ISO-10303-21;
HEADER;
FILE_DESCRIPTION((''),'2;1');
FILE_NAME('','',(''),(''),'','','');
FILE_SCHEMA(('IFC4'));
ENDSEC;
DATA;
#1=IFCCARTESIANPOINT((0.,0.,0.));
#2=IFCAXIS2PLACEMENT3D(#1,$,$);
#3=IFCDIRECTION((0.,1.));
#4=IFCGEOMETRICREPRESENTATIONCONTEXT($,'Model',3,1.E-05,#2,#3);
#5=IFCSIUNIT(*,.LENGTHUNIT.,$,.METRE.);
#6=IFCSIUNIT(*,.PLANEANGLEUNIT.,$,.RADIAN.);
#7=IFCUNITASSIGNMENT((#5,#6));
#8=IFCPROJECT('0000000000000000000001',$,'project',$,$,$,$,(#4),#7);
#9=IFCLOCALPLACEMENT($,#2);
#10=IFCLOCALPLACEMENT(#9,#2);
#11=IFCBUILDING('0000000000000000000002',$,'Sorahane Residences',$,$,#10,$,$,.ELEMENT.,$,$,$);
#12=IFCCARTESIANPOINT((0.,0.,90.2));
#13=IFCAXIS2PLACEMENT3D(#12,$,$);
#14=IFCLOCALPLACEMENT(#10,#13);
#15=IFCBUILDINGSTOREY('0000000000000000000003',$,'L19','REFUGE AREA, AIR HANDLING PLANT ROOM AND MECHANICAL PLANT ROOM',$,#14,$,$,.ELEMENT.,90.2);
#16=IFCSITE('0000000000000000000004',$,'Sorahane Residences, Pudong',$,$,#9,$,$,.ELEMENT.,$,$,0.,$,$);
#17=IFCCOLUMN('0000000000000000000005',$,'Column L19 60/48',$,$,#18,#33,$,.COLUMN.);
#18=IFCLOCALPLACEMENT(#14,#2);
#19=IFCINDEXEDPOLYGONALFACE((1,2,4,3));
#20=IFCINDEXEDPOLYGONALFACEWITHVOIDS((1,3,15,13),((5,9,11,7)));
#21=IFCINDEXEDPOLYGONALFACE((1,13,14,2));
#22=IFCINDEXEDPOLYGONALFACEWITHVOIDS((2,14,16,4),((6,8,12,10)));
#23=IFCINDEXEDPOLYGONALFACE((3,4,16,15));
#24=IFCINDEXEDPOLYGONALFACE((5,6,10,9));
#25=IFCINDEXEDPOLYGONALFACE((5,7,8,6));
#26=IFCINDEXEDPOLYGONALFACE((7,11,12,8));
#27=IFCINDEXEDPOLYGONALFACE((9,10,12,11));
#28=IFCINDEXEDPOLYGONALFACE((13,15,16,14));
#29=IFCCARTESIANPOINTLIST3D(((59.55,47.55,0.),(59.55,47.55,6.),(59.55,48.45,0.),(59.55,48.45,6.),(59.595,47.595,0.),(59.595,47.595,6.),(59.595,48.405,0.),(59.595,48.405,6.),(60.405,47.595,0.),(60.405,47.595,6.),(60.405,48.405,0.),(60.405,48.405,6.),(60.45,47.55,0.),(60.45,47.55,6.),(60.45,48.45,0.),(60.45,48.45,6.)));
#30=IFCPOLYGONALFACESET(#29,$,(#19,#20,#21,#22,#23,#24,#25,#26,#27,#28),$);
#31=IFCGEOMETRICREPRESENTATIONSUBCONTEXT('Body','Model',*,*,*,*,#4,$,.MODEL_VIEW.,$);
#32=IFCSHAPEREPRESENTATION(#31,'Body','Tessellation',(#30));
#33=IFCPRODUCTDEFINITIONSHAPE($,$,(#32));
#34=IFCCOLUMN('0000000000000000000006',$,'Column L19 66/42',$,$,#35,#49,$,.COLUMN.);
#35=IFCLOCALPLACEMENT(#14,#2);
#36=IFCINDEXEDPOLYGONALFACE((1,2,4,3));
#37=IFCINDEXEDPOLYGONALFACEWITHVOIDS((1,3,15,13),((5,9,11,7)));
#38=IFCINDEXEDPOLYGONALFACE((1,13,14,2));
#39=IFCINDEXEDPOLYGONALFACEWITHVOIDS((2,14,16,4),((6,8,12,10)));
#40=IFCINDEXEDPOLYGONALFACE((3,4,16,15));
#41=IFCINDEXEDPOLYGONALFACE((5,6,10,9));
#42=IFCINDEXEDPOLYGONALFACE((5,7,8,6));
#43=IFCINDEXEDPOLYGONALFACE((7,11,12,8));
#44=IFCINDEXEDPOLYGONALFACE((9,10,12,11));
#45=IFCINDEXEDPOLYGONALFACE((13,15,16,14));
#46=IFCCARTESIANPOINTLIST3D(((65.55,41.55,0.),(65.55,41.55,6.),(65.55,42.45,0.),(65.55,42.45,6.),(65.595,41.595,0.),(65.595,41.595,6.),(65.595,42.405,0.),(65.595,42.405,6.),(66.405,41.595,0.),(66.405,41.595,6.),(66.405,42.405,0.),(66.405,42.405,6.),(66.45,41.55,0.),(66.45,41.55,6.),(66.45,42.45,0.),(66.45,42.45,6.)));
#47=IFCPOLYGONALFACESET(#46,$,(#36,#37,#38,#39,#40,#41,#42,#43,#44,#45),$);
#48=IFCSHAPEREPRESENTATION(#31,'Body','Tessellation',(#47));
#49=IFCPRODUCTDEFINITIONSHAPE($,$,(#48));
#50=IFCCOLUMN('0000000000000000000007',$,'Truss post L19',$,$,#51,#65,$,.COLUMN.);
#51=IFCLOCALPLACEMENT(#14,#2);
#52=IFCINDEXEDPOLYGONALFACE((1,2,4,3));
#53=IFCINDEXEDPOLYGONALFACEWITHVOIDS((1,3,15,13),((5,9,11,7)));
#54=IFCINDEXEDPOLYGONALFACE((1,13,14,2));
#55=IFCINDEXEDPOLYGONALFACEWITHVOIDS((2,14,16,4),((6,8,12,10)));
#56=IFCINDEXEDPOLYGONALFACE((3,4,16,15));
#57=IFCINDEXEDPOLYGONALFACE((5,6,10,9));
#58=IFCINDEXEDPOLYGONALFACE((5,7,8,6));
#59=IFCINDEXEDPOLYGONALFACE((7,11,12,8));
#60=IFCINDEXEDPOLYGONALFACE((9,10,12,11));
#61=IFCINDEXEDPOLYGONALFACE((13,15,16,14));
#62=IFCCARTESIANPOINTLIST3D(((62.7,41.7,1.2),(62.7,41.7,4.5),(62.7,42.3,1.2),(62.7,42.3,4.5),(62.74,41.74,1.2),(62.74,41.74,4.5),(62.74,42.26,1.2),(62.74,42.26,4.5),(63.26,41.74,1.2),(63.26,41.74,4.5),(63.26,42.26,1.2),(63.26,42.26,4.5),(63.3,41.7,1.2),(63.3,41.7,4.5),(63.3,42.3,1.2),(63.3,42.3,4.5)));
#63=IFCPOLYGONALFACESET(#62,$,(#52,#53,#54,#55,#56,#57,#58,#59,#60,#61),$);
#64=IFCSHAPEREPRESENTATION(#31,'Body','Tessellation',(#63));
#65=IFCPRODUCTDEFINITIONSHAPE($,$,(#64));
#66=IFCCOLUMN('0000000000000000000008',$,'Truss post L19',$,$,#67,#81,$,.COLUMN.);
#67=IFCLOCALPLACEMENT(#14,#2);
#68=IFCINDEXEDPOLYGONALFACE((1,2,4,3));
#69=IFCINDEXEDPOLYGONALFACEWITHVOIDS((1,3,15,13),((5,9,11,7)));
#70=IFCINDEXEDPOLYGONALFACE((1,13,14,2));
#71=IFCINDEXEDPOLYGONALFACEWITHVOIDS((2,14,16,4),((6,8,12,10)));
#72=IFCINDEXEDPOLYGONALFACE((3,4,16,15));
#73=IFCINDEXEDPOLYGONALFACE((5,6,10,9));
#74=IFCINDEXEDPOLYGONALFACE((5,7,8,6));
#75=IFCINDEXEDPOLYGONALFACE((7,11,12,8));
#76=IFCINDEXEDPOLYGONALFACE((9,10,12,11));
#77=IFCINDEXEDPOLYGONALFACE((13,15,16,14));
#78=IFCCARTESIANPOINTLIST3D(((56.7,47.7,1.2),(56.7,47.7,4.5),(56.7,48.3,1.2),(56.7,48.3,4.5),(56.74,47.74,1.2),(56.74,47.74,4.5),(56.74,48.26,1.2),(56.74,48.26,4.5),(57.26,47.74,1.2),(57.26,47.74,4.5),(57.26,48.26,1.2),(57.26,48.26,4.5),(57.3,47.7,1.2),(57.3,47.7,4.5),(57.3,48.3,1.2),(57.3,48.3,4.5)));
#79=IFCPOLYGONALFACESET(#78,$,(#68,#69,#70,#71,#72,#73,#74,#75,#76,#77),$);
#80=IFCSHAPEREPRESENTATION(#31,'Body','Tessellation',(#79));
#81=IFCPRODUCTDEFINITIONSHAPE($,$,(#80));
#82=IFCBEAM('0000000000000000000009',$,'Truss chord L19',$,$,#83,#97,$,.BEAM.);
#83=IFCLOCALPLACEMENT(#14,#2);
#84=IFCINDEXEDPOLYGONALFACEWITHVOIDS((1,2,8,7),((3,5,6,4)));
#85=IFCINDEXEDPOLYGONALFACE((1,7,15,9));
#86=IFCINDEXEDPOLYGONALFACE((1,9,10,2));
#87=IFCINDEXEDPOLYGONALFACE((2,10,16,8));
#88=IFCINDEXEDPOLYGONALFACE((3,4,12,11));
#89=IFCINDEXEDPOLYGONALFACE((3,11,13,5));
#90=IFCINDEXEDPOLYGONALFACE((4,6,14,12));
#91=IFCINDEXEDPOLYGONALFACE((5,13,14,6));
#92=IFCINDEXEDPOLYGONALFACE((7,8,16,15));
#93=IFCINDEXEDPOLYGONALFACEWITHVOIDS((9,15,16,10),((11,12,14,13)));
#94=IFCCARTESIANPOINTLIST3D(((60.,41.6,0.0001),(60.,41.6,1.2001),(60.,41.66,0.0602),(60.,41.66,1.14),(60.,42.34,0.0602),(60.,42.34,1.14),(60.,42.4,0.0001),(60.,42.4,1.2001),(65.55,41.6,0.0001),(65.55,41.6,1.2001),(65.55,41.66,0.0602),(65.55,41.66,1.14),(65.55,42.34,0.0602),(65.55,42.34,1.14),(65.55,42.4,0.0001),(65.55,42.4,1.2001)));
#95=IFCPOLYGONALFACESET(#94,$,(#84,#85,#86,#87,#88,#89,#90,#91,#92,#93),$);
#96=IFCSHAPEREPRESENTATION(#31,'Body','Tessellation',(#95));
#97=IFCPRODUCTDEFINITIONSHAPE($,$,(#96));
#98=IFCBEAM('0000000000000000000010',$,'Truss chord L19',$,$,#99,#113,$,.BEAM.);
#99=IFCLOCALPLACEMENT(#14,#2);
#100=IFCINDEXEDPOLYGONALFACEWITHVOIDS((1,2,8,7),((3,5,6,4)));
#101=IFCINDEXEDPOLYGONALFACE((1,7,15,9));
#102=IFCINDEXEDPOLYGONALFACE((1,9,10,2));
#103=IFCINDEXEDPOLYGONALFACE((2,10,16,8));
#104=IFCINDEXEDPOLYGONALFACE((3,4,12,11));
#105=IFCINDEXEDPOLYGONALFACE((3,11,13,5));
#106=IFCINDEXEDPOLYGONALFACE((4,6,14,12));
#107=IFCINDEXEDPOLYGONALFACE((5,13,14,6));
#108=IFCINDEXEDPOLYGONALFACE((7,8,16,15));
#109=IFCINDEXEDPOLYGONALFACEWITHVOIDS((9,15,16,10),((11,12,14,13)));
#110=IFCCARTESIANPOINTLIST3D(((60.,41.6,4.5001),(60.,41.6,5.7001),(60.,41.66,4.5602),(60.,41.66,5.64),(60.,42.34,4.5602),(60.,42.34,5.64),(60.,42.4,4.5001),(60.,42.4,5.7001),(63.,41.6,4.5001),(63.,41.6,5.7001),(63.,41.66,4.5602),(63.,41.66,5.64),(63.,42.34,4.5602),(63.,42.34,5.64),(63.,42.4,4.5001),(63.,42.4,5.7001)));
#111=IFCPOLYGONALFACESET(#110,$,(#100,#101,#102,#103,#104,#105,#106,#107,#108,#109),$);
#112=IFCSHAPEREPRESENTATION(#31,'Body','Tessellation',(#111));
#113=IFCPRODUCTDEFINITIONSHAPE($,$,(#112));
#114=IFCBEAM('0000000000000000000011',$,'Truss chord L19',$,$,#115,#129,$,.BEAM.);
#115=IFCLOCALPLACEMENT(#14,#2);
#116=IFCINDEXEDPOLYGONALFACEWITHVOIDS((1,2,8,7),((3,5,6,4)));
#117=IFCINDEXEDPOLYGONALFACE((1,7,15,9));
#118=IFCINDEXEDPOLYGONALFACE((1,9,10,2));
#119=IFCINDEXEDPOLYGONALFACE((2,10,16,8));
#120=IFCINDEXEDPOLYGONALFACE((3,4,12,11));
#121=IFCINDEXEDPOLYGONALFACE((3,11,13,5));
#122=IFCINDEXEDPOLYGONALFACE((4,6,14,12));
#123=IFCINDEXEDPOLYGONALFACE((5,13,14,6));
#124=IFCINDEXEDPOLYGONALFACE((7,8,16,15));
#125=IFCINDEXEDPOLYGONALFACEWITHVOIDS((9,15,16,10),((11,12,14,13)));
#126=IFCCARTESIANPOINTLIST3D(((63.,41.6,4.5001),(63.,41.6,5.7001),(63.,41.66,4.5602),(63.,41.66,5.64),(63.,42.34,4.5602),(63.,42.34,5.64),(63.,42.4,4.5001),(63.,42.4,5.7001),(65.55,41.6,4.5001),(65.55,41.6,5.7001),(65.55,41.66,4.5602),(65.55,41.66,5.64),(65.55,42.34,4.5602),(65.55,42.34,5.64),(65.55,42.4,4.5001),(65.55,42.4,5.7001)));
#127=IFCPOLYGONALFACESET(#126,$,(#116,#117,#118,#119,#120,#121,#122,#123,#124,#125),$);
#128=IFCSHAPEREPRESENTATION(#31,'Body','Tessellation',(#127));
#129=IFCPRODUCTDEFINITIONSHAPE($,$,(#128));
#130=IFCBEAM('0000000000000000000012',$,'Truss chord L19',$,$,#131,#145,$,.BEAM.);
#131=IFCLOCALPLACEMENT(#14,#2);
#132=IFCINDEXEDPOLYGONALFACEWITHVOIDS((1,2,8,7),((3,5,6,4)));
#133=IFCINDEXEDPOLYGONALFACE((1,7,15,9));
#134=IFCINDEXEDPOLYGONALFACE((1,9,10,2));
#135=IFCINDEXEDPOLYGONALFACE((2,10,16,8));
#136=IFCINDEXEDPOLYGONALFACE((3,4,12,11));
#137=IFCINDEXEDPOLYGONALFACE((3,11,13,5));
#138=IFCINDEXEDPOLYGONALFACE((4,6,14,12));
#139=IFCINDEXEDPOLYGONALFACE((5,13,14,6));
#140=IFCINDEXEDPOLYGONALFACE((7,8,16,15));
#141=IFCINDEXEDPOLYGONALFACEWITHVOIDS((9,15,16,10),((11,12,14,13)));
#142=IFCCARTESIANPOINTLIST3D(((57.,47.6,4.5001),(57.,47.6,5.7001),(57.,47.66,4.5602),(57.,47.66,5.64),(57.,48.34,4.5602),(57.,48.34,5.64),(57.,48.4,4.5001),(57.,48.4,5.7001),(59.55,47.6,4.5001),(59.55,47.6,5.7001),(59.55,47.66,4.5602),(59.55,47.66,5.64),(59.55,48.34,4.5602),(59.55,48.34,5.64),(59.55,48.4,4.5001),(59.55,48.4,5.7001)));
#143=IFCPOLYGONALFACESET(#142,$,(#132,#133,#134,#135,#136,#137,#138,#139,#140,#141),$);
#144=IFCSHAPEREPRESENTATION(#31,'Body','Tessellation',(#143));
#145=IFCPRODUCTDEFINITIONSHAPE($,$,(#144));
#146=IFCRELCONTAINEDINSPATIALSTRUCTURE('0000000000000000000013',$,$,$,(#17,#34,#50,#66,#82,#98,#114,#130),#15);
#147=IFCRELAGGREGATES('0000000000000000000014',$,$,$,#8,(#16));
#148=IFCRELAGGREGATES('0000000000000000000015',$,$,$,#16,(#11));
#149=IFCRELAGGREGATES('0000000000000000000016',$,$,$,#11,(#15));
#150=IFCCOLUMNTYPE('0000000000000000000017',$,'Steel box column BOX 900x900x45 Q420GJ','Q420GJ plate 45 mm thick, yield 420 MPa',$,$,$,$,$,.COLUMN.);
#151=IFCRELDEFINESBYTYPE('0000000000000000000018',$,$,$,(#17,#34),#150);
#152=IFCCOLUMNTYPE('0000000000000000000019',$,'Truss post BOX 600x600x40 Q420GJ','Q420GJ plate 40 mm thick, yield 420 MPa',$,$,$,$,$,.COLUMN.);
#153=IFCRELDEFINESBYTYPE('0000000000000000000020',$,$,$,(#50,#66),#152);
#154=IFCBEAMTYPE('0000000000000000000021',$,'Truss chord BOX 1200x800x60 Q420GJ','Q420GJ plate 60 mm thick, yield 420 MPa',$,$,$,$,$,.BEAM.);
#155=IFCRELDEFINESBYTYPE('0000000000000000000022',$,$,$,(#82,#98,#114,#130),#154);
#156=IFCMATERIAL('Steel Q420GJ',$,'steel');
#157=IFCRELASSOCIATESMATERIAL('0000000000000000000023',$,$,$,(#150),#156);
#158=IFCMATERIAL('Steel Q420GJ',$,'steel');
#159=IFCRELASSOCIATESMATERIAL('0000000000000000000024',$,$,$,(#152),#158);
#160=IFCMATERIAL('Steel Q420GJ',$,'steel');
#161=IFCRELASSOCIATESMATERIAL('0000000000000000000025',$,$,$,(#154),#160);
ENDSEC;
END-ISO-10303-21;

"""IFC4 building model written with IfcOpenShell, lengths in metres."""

from ifc_helpers import new_model, si_unit, direction, frame, origin, origin_2d, place, context, subcontext, project, spatial, hollow_rectangle, extrude, material, material_profile, profile_set, type_object, element, save


model = new_model("IFC4")

# Units and contexts
model_context = context("Model", 3, precision=1e-05, world=origin(), true_north=direction((0.0, 1.0)))
body_context = subcontext(model_context, "Body", "Model", "MODEL_VIEW")
ifc_project = project(units=[si_unit("LENGTHUNIT", "METRE"), si_unit("PLANEANGLEUNIT", "RADIAN")], contexts=[model_context])

# Site, building, storey
site_placement = place(None, origin())
site = spatial("IfcSite", under=ifc_project, at=site_placement, Name="Sorahane Residences, Pudong", CompositionType="ELEMENT", RefElevation=0.0)
building_placement = place(site_placement, origin())
building = spatial("IfcBuilding", under=site, at=building_placement, Name="Sorahane Residences", CompositionType="ELEMENT")
storey_placement = place(building_placement, frame((0.0, 0.0, 90.2)))
storey = spatial("IfcBuildingStorey", under=building, at=storey_placement, Name="L19", Description="REFUGE AREA, AIR HANDLING PLANT ROOM AND MECHANICAL PLANT ROOM", CompositionType="ELEMENT", Elevation=90.2)

# Columns
ifc_material_1 = material(Name="Steel Q420GJ", Category="steel")
ifc_material_profile_1 = material_profile(ifc_material_1, hollow_rectangle(XDim=0.8999, YDim=0.8999, WallThickness=0.0449, at=origin_2d()), Name="BOX 900x900x45")
ifc_profile_set_1 = profile_set([ifc_material_profile_1], Name="Steel Q420GJ")
column_type_1 = type_object("IfcColumnType", Name="Steel box column BOX 900x900x45 Q420GJ", Description="Q420GJ plate 45 mm thick, yield 420 MPa", PredefinedType="COLUMN", material=ifc_profile_set_1)
for number, where, z_axis, x_axis, name in (
    (1, (60.0, 48.0, 0.0), (0.0, 0.0, 1.0), (1.0, 0.0, 0.0), "Column L19 60/48"),
    (2, (66.0, 42.0, 0.0), (0.0, 0.0, 1.0), (1.0, 0.0, 0.0), "Column L19 66/42"),
):
    element("IfcColumn", number, at=place(storey_placement, frame(where, z_axis=z_axis, x_axis=x_axis)), inside=storey, type_object=column_type_1, Name=name, PredefinedType="COLUMN", context=body_context, shape_type="SweptSolid", body=[
        extrude(hollow_rectangle(XDim=0.8999, YDim=0.8999, WallThickness=0.0449, at=origin_2d()), origin(), (0.0, 0.0, 1.0), 6.0),
    ])
ifc_material_2 = material(Name="Steel Q420GJ", Category="steel")
ifc_material_profile_2 = material_profile(ifc_material_2, hollow_rectangle(XDim=0.6001, YDim=0.6001, WallThickness=0.04, at=origin_2d()), Name="BOX 600x600x40")
ifc_profile_set_2 = profile_set([ifc_material_profile_2], Name="Steel Q420GJ")
column_type_2 = type_object("IfcColumnType", Name="Truss post BOX 600x600x40 Q420GJ", Description="Q420GJ plate 40 mm thick, yield 420 MPa", PredefinedType="COLUMN", material=ifc_profile_set_2)
for number, where, z_axis, x_axis, name in (
    (3, (63.0, 42.0, 1.2), (0.0, 0.0, 1.0), (1.0, 0.0, 0.0), "Truss post L19"),
    (4, (57.0, 48.0, 1.2), (0.0, 0.0, 1.0), (1.0, 0.0, 0.0), "Truss post L19"),
):
    element("IfcColumn", number, at=place(storey_placement, frame(where, z_axis=z_axis, x_axis=x_axis)), inside=storey, type_object=column_type_2, Name=name, PredefinedType="COLUMN", context=body_context, shape_type="SweptSolid", body=[
        extrude(hollow_rectangle(XDim=0.6001, YDim=0.6001, WallThickness=0.04, at=origin_2d()), origin(), (0.0, 0.0, 1.0), 3.3),
    ])

# Beams
ifc_material_3 = material(Name="Steel Q420GJ", Category="steel")
ifc_material_profile_3 = material_profile(ifc_material_3, hollow_rectangle(XDim=0.8, YDim=1.2, WallThickness=0.0601, at=origin_2d()), Name="BOX 1200x800x60")
ifc_profile_set_3 = profile_set([ifc_material_profile_3], Name="Steel Q420GJ")
beam_type = type_object("IfcBeamType", Name="Truss chord BOX 1200x800x60 Q420GJ", Description="Q420GJ plate 60 mm thick, yield 420 MPa", PredefinedType="BEAM", material=ifc_profile_set_3)
beam_1_placement = place(storey_placement, frame((60.0, 42.0, 0.6001), z_axis=(1.0, 0.0, 0.0), x_axis=(0.0, 1.0, 0.0)))
element("IfcBeam", 5, at=beam_1_placement, inside=storey, type_object=beam_type, Name="Truss chord L19", PredefinedType="BEAM", context=body_context, shape_type="SweptSolid", body=[
    extrude(hollow_rectangle(XDim=0.8, YDim=1.2, WallThickness=0.0601, at=origin_2d()), origin(), (0.0, 0.0, 1.0), 5.55),
])
beam_2_placement = place(storey_placement, frame((60.0, 42.0, 5.1001), z_axis=(1.0, 0.0, 0.0), x_axis=(0.0, 1.0, 0.0)))
element("IfcBeam", 6, at=beam_2_placement, inside=storey, type_object=beam_type, Name="Truss chord L19", PredefinedType="BEAM", context=body_context, shape_type="SweptSolid", body=[
    extrude(hollow_rectangle(XDim=0.8, YDim=1.2, WallThickness=0.0601, at=origin_2d()), origin(), (0.0, 0.0, 1.0), 3.0),
])
for number, where, z_axis, x_axis, name in (
    (7, (63.0, 42.0, 5.1001), (1.0, 0.0, 0.0), (0.0, 1.0, 0.0), "Truss chord L19"),
    (8, (57.0, 48.0, 5.1001), (1.0, 0.0, 0.0), (0.0, 1.0, 0.0), "Truss chord L19"),
):
    element("IfcBeam", number, at=place(storey_placement, frame(where, z_axis=z_axis, x_axis=x_axis)), inside=storey, type_object=beam_type, Name=name, PredefinedType="BEAM", context=body_context, shape_type="SweptSolid", body=[
        extrude(hollow_rectangle(XDim=0.8, YDim=1.2, WallThickness=0.0601, at=origin_2d()), origin(), (0.0, 0.0, 1.0), 2.55),
    ])

save(model, "model.ifc")
